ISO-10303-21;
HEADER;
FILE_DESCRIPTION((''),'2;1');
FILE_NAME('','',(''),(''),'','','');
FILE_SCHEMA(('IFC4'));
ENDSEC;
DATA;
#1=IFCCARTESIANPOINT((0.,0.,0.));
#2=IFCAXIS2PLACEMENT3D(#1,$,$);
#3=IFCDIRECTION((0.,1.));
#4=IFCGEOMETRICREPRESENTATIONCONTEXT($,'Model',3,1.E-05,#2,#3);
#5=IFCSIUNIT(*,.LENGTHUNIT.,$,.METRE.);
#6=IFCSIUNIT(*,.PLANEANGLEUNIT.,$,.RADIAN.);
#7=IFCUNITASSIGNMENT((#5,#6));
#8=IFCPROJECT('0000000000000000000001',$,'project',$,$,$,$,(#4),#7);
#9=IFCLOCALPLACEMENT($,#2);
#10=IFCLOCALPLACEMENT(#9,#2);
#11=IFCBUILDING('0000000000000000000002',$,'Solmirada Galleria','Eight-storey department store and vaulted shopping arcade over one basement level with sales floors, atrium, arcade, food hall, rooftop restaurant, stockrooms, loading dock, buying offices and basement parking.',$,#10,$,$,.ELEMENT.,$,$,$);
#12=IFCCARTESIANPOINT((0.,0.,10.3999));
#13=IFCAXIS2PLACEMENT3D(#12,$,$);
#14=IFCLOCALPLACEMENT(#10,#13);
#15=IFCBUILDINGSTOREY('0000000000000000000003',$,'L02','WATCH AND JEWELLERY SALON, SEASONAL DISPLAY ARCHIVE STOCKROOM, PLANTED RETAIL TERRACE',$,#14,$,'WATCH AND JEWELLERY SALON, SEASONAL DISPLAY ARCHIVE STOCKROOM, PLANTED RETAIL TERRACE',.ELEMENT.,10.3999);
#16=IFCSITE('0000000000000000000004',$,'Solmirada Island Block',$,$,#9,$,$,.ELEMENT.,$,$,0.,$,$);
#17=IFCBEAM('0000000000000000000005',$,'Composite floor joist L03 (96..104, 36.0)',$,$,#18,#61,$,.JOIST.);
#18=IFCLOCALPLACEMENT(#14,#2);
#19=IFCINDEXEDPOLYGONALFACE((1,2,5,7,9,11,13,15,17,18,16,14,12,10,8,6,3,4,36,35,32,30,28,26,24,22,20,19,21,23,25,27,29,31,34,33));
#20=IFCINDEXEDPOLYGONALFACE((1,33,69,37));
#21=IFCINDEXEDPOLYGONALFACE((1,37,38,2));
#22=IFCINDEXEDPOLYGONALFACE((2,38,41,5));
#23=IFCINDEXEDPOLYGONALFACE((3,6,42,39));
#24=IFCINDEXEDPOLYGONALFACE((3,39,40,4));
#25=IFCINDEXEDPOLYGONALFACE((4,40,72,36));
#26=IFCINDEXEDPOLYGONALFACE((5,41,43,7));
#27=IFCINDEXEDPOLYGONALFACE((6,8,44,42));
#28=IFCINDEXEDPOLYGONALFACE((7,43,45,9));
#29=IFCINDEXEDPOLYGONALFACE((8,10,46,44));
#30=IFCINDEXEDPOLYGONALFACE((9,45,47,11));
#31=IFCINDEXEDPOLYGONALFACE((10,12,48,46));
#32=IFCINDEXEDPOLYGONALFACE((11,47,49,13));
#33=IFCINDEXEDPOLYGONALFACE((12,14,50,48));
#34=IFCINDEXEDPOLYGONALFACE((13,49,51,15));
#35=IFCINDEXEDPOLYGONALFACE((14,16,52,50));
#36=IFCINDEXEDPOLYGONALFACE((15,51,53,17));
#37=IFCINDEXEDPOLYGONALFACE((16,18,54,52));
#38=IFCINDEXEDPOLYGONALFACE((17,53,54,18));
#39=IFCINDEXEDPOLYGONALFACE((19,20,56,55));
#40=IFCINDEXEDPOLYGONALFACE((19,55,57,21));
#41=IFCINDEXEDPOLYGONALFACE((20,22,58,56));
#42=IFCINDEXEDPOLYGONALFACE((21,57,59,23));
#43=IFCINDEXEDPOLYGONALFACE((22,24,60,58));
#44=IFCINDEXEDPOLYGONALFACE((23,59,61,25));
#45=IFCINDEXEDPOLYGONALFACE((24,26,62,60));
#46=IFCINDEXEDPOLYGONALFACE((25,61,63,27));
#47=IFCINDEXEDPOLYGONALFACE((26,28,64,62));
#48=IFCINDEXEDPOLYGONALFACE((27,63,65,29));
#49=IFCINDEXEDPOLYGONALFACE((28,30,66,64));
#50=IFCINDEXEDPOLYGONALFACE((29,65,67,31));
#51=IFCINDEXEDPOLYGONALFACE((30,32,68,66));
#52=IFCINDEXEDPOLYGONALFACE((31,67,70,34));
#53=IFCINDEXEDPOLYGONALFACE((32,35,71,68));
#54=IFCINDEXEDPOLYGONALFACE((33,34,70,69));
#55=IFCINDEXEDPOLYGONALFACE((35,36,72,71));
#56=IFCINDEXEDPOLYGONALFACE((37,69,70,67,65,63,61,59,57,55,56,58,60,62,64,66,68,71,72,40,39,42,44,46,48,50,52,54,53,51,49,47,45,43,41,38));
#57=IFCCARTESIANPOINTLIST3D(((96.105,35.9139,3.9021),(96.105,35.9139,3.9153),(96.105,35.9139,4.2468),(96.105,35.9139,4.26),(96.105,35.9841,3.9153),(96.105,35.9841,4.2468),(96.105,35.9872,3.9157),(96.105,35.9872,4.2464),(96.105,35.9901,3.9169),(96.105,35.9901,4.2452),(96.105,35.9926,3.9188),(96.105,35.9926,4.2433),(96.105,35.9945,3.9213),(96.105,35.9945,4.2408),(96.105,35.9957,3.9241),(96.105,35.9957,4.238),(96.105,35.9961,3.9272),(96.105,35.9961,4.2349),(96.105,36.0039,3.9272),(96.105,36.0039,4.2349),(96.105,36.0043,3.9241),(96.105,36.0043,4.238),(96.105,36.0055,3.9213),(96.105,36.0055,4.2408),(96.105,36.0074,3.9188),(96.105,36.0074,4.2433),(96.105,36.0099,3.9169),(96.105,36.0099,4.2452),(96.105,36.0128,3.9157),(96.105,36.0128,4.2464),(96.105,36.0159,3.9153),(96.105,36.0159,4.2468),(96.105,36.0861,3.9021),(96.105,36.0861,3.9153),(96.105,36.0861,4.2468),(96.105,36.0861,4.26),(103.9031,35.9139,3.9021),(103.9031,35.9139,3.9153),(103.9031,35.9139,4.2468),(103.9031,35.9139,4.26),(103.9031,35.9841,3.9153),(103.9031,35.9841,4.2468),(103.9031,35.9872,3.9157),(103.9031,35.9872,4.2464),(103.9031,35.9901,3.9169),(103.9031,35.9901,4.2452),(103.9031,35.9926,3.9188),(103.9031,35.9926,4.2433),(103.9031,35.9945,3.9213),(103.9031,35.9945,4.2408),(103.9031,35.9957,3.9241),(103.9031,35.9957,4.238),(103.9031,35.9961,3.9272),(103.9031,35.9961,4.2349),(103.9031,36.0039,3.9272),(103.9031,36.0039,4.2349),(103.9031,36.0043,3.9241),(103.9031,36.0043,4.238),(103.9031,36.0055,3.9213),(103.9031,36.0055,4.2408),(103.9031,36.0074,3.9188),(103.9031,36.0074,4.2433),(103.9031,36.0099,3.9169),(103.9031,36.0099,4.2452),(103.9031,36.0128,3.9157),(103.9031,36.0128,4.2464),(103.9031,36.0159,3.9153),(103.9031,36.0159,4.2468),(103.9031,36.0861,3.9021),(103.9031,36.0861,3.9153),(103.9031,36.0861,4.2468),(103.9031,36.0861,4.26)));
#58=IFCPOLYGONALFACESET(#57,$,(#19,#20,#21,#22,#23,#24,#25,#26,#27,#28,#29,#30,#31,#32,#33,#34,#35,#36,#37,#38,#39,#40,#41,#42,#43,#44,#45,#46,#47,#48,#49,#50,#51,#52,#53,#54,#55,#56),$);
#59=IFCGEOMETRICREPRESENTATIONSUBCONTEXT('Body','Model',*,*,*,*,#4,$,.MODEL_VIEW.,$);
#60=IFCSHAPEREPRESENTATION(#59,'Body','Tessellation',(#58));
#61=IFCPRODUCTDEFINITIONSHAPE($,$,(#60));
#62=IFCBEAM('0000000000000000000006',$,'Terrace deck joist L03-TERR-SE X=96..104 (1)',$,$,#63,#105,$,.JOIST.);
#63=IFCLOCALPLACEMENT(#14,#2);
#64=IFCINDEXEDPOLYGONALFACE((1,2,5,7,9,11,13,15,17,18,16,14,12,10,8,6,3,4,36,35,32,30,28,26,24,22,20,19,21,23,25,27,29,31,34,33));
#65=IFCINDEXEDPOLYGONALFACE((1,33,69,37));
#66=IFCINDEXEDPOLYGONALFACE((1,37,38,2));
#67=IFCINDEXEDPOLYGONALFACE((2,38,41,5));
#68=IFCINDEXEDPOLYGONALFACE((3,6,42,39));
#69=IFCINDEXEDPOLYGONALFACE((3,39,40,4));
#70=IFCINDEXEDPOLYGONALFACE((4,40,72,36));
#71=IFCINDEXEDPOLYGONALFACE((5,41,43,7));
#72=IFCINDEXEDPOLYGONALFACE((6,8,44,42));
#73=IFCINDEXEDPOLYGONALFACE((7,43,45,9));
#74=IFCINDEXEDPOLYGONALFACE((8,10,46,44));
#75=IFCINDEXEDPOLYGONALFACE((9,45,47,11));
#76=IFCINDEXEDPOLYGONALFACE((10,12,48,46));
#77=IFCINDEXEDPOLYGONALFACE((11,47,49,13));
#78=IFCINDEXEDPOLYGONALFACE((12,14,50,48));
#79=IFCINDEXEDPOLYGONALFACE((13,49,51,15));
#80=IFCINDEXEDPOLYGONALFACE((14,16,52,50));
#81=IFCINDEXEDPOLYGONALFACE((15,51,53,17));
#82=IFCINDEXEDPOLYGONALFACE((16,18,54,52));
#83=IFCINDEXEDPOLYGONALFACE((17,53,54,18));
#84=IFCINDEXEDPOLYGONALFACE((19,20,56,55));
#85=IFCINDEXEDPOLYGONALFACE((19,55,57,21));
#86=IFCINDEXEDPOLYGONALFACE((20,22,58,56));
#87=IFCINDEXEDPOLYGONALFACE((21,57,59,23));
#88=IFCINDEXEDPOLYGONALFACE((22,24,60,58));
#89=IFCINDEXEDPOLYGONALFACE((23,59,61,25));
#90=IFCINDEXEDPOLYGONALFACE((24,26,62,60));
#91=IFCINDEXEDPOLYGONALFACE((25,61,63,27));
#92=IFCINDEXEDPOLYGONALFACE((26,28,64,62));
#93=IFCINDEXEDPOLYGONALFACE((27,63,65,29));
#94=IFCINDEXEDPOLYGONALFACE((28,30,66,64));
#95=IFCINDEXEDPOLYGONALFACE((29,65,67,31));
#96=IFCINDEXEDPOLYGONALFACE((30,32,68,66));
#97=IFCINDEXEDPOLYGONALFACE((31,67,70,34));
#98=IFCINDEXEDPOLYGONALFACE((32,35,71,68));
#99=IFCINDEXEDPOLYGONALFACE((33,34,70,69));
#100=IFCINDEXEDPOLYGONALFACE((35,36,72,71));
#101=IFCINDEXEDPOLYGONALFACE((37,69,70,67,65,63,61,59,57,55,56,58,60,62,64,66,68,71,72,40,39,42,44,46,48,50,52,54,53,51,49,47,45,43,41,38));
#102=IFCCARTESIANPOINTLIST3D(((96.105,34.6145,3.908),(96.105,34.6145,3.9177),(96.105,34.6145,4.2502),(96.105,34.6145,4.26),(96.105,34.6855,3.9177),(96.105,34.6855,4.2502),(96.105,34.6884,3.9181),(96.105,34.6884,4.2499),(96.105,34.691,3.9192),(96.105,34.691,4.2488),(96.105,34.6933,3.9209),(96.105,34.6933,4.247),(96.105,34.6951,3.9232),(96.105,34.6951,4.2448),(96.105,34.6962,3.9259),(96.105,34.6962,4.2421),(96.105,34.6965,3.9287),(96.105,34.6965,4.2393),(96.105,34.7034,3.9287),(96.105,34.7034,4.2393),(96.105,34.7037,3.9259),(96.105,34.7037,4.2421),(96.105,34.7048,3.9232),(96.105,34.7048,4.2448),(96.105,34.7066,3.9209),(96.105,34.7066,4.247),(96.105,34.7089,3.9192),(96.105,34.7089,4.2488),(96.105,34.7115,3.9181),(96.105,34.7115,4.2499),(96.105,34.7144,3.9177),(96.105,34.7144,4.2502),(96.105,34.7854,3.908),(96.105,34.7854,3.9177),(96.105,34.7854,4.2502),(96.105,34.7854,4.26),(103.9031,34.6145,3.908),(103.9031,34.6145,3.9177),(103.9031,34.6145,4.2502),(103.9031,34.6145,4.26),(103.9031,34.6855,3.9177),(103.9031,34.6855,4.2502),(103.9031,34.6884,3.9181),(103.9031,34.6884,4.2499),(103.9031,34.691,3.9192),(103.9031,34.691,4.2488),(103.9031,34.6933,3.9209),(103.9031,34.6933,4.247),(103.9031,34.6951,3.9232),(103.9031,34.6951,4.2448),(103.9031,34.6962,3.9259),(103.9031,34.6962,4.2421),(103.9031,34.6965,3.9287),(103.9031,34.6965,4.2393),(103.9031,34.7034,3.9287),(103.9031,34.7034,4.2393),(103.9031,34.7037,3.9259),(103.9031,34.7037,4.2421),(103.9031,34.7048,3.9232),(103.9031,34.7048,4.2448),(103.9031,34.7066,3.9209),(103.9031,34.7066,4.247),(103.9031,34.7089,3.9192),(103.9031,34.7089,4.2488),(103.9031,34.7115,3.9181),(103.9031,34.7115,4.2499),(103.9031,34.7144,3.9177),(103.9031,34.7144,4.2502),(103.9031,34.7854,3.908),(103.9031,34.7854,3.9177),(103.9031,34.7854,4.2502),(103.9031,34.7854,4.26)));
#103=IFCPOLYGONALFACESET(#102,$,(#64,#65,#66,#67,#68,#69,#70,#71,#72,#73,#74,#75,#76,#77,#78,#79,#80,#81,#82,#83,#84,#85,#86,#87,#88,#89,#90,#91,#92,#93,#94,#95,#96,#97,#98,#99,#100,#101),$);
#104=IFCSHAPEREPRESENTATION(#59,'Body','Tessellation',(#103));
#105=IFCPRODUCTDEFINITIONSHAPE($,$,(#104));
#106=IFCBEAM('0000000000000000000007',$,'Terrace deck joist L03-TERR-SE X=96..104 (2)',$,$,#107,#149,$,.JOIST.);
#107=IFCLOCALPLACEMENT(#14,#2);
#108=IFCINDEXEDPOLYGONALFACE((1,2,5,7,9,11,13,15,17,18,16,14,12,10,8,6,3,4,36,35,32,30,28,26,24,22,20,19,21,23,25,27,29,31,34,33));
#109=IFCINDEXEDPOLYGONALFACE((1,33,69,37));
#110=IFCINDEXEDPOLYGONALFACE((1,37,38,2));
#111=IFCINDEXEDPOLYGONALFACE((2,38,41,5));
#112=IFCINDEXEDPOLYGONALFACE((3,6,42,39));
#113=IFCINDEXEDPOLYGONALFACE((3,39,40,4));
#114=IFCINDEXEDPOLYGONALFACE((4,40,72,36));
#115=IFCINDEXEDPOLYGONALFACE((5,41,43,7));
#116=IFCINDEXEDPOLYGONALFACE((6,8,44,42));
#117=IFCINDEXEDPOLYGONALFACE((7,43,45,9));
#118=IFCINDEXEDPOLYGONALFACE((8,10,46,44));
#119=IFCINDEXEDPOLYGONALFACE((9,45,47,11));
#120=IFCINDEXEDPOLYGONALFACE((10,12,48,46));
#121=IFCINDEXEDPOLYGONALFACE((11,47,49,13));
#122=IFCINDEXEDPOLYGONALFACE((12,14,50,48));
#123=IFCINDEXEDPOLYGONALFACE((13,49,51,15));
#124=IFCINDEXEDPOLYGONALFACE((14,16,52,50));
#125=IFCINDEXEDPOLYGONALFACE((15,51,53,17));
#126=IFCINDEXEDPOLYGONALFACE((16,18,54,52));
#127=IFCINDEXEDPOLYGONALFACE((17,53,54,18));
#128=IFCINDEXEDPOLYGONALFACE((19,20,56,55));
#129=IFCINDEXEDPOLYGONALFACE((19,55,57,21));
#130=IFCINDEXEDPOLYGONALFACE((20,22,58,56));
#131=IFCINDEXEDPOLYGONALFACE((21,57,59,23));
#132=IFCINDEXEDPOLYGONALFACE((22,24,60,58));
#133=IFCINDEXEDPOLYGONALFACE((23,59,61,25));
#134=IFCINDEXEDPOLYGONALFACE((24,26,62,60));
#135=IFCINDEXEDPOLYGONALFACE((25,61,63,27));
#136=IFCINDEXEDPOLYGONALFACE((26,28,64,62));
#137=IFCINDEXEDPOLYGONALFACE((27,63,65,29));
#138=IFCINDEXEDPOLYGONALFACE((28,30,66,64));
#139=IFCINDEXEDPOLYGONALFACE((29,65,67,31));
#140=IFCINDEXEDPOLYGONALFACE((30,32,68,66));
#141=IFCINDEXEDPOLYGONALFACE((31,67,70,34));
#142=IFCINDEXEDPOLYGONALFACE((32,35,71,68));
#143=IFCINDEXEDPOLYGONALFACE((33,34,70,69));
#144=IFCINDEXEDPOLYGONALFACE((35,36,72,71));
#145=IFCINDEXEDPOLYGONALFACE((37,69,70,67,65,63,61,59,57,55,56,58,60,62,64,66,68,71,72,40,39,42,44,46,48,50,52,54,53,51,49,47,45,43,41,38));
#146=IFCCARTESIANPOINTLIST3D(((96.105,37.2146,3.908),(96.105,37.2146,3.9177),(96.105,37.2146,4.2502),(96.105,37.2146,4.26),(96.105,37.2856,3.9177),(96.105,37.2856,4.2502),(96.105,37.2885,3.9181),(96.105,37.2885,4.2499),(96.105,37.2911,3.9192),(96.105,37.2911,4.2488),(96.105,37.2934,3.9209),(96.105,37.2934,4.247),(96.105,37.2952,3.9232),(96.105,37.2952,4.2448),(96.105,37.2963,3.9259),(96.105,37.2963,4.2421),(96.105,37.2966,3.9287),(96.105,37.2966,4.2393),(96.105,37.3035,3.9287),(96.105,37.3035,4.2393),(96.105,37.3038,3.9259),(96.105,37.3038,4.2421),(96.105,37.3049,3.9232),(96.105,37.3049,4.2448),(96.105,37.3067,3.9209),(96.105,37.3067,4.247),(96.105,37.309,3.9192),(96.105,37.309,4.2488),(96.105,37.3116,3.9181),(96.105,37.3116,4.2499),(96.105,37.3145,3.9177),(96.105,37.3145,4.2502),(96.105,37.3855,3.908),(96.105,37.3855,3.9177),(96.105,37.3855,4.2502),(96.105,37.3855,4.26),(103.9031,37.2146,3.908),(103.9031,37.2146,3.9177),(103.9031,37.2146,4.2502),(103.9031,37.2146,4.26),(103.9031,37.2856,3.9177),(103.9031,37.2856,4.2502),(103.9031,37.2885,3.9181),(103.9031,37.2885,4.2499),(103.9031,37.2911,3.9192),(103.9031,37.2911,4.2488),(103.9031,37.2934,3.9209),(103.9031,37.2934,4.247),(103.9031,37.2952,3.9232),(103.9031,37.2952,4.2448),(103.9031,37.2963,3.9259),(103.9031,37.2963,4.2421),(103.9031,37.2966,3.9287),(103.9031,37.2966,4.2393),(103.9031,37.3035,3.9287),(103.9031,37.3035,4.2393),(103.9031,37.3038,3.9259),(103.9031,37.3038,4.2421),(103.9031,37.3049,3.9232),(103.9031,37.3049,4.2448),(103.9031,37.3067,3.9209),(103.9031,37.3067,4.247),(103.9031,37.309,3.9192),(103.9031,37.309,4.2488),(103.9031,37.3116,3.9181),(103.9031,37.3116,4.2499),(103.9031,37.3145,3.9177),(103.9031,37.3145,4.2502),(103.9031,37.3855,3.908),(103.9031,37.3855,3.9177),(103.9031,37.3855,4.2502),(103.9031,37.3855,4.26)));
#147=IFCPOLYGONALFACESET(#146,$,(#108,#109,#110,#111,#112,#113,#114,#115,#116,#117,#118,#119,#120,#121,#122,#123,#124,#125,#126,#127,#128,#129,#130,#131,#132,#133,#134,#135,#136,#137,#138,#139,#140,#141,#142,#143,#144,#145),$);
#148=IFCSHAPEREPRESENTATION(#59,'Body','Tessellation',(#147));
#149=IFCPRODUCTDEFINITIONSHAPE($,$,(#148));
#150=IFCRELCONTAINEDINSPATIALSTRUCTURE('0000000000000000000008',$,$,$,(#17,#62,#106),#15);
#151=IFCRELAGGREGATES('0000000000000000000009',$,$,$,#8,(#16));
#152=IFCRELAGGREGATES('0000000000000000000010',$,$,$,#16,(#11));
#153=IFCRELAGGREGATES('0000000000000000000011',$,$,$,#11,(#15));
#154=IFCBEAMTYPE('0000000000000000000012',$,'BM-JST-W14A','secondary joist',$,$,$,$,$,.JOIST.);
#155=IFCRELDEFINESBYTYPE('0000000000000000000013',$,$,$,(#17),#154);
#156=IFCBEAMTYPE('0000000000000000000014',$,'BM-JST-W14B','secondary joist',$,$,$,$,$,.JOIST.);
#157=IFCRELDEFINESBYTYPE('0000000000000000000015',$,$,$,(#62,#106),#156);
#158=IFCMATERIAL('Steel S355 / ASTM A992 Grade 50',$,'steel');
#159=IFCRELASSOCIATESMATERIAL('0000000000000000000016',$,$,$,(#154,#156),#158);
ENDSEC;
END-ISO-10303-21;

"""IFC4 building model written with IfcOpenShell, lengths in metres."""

from ifc_helpers import new_model, si_unit, direction, frame, origin, origin_2d, place, context, subcontext, project, spatial, i_section, extrude, material, material_profile, profile_set, type_object, element, save


model = new_model("IFC4")

# Units and contexts
model_context = context("Model", 3, precision=1e-05, world=origin(), true_north=direction((0.0, 1.0)))
body_context = subcontext(model_context, "Body", "Model", "MODEL_VIEW")
ifc_project = project(units=[si_unit("LENGTHUNIT", "METRE"), si_unit("PLANEANGLEUNIT", "RADIAN")], contexts=[model_context])

# Site, building, storey
site_placement = place(None, origin())
site = spatial("IfcSite", under=ifc_project, at=site_placement, Name="Solmirada Island Block", CompositionType="ELEMENT", RefElevation=0.0)
building_placement = place(site_placement, origin())
building = spatial("IfcBuilding", under=site, at=building_placement, Name="Solmirada Galleria", Description="Eight-storey department store and vaulted shopping arcade over one basement level with sales floors, atrium, arcade, food hall, rooftop restaurant, stockrooms, loading dock, buying offices and basement parking.", CompositionType="ELEMENT")
storey_placement = place(building_placement, frame((0.0, 0.0, 10.3999)))
storey = spatial("IfcBuildingStorey", under=building, at=storey_placement, Name="L02", Description="WATCH AND JEWELLERY SALON, SEASONAL DISPLAY ARCHIVE STOCKROOM, PLANTED RETAIL TERRACE", LongName="WATCH AND JEWELLERY SALON, SEASONAL DISPLAY ARCHIVE STOCKROOM, PLANTED RETAIL TERRACE", CompositionType="ELEMENT", Elevation=10.3999)

# Beams
ifc_material_1 = material(Name="Steel S355 / ASTM A992 Grade 50", Category="steel")
ifc_material_profile_1 = material_profile(ifc_material_1, i_section(OverallWidth=0.1721, OverallDepth=0.3579, WebThickness=0.0078, FlangeThickness=0.0132, FilletRadius=0.012, at=origin_2d()), Name="W14X38")
ifc_profile_set_1 = profile_set([ifc_material_profile_1], Name="Steel S355 / ASTM A992 Grade 50")
beam_type_1 = type_object("IfcBeamType", Name="BM-JST-W14A", Description="secondary joist", PredefinedType="JOIST", material=ifc_profile_set_1)
for number, where, z_axis, x_axis, name in (
    (1, (96.105, 36.0, 4.0811), (1.0, 0.0, 0.0), (0.0, 1.0, 0.0), "Composite floor joist L03 (96..104, 36.0)"),
):
    element("IfcBeam", number, at=place(storey_placement, frame(where, z_axis=z_axis, x_axis=x_axis)), inside=storey, type_object=beam_type_1, Name=name, PredefinedType="JOIST", context=body_context, shape_type="SweptSolid", body=[
        extrude(i_section(OverallWidth=0.1721, OverallDepth=0.3579, WebThickness=0.0078, FlangeThickness=0.0132, FilletRadius=0.012, at=origin_2d()), origin(), (0.0, 0.0, 1.0), 7.7981),
    ])
ifc_material_profile_2 = material_profile(ifc_material_1, i_section(OverallWidth=0.1709, OverallDepth=0.3521, WebThickness=0.0068, FlangeThickness=0.0098, FilletRadius=0.011, at=origin_2d()), Name="W14X30")
ifc_profile_set_2 = profile_set([ifc_material_profile_2], Name="Steel S355 / ASTM A992 Grade 50")
beam_type_2 = type_object("IfcBeamType", Name="BM-JST-W14B", Description="secondary joist", PredefinedType="JOIST", material=ifc_profile_set_2)
for number, where, z_axis, x_axis, name in (
    (2, (96.105, 34.7, 4.084), (1.0, 0.0, 0.0), (0.0, 1.0, 0.0), "Terrace deck joist L03-TERR-SE X=96..104 (1)"),
    (3, (96.105, 37.3, 4.084), (1.0, 0.0, 0.0), (0.0, 1.0, 0.0), "Terrace deck joist L03-TERR-SE X=96..104 (2)"),
):
    element("IfcBeam", number, at=place(storey_placement, frame(where, z_axis=z_axis, x_axis=x_axis)), inside=storey, type_object=beam_type_2, Name=name, PredefinedType="JOIST", context=body_context, shape_type="SweptSolid", body=[
        extrude(i_section(OverallWidth=0.1709, OverallDepth=0.3521, WebThickness=0.0068, FlangeThickness=0.0098, FilletRadius=0.011, at=origin_2d()), origin(), (0.0, 0.0, 1.0), 7.7981),
    ])

save(model, "model.ifc")
